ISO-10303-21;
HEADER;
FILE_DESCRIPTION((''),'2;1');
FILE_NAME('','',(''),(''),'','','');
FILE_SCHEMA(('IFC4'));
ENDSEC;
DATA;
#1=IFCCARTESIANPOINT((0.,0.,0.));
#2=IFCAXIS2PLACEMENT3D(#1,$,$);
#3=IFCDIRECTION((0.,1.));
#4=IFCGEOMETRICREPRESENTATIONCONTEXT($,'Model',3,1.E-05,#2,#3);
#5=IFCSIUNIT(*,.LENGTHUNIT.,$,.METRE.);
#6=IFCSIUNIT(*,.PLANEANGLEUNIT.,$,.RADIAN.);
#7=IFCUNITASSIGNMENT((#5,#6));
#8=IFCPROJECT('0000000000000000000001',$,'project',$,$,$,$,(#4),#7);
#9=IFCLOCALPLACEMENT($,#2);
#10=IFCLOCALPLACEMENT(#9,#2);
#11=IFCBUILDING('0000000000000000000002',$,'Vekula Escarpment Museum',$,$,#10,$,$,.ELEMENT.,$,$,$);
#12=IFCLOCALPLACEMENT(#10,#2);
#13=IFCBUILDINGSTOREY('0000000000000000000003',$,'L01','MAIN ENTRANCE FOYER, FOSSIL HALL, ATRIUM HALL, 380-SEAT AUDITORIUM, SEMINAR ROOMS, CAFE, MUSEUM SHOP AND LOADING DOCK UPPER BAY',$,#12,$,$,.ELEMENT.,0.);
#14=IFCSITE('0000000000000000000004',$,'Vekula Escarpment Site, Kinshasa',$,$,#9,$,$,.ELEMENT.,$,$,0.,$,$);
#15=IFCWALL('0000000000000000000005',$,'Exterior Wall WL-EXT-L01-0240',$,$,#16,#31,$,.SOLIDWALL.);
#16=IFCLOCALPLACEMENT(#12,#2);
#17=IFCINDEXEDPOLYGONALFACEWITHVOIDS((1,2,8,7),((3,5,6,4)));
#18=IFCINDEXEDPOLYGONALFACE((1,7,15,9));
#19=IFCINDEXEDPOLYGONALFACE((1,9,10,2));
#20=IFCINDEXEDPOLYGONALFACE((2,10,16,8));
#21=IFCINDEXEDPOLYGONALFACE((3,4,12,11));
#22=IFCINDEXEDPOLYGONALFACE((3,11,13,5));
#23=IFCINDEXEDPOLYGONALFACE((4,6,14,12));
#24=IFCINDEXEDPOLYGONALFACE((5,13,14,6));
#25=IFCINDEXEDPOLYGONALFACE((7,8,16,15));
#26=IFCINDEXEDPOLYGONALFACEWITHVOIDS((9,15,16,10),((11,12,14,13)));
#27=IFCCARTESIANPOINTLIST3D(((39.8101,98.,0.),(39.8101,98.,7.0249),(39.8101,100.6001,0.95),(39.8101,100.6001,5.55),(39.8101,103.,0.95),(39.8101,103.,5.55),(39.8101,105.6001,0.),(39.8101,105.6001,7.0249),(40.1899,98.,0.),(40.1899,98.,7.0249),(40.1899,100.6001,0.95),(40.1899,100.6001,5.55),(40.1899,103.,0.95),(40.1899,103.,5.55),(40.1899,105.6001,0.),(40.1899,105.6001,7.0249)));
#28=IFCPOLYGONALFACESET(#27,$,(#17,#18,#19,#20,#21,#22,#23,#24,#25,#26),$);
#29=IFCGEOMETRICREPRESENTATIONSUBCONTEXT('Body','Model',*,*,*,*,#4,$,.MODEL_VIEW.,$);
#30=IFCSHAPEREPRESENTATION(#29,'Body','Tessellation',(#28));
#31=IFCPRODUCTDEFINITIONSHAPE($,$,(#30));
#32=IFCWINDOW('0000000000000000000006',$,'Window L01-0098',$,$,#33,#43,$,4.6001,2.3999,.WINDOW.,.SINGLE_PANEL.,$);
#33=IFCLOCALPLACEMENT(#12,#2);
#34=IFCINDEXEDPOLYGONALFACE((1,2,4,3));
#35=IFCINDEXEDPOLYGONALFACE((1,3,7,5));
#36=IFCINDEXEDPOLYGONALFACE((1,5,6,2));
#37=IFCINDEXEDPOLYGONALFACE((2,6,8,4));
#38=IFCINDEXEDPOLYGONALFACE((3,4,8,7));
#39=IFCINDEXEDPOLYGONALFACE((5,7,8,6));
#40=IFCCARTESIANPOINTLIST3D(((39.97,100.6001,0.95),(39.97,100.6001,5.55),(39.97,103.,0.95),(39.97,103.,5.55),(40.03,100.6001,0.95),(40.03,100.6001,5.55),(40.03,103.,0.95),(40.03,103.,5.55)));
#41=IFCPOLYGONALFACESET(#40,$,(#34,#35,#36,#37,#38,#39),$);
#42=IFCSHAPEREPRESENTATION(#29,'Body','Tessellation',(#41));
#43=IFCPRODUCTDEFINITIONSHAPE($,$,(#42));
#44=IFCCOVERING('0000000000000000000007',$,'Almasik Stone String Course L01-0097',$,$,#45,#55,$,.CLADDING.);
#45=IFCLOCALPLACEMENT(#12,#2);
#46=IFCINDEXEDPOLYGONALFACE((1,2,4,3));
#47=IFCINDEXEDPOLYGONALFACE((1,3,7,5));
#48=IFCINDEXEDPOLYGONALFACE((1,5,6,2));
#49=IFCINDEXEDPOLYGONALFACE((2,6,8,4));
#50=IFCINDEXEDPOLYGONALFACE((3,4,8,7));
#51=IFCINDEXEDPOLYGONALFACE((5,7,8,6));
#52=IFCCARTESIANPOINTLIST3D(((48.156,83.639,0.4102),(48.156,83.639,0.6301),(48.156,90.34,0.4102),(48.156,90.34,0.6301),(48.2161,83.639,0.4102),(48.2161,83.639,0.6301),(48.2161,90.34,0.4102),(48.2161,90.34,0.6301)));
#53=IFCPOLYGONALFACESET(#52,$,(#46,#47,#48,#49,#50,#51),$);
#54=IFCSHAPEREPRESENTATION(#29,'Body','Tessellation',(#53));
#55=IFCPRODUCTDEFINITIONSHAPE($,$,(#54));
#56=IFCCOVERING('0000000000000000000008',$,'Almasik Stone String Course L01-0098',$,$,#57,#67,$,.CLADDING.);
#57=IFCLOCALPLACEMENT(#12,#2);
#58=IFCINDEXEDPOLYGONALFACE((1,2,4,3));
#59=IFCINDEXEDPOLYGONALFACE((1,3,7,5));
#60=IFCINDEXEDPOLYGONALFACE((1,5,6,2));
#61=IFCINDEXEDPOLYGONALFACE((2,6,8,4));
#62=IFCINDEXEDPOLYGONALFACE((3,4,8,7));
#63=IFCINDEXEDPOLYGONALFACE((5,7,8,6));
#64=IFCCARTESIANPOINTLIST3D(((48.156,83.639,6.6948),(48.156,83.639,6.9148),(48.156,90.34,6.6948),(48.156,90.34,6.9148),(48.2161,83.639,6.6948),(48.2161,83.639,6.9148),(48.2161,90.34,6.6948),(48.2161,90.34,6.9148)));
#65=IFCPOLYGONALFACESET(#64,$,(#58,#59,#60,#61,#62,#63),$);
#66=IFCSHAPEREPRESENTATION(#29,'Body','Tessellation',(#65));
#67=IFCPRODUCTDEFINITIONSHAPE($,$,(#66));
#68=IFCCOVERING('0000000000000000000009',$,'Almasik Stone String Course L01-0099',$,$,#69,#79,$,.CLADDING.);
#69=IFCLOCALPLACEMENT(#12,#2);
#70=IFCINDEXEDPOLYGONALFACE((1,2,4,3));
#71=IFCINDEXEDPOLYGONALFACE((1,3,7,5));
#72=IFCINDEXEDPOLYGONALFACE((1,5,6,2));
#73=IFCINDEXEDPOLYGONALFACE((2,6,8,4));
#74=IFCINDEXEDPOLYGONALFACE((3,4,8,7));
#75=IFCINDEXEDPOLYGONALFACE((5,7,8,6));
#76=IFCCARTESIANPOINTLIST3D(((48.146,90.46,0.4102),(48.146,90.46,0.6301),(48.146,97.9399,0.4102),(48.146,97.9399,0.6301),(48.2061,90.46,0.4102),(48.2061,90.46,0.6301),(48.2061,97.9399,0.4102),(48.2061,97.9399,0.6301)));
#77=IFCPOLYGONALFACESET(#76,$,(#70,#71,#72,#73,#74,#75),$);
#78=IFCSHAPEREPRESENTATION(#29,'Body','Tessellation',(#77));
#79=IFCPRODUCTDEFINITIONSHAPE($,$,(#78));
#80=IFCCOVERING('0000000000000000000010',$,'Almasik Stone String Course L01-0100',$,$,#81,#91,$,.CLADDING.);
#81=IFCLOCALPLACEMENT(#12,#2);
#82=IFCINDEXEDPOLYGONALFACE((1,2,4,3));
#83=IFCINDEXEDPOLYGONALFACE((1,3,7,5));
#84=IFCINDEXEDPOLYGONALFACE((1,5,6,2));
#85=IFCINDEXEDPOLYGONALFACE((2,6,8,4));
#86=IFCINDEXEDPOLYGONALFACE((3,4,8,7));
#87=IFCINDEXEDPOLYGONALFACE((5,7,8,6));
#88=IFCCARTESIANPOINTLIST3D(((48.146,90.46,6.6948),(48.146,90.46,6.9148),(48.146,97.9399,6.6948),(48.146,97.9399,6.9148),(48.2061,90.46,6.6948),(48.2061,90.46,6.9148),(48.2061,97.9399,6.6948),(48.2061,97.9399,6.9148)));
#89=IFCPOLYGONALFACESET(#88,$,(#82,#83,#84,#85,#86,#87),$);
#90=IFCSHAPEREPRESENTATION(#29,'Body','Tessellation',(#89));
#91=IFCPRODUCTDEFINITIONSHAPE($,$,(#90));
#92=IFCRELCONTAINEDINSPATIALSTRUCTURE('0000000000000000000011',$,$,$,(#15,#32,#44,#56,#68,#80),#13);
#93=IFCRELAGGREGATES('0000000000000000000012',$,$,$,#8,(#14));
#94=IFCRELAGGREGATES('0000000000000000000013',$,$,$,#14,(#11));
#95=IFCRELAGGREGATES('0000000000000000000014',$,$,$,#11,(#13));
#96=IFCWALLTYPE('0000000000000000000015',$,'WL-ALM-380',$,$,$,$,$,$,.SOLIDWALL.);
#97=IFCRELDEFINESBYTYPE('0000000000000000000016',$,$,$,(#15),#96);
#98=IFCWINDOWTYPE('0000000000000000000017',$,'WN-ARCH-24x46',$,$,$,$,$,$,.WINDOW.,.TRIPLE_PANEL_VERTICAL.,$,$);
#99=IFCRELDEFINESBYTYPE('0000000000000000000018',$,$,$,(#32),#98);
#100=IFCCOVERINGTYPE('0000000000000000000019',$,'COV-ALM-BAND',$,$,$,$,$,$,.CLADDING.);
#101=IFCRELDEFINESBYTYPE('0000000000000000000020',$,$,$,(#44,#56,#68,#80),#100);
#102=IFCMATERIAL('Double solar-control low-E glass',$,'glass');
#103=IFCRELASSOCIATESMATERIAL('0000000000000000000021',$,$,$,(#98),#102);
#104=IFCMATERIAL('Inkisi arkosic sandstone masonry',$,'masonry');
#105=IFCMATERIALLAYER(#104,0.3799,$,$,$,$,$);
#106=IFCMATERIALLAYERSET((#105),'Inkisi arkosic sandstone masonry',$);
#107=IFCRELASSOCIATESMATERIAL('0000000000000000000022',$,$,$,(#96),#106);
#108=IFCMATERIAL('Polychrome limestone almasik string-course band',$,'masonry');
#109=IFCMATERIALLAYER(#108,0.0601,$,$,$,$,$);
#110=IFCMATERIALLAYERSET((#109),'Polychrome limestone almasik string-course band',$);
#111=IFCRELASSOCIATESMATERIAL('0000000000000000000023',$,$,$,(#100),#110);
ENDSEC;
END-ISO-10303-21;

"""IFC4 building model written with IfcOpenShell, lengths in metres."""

from ifc_helpers import new_model, si_unit, direction, frame, frame_2d, origin, origin_2d, place, context, subcontext, project, spatial, rectangle, extrude, material, layer, layer_set, type_object, element, fill, save


model = new_model("IFC4")

# Units and contexts
model_context = context("Model", 3, precision=1e-05, world=origin(), true_north=direction((0.0, 1.0)))
body_context = subcontext(model_context, "Body", "Model", "MODEL_VIEW")
ifc_project = project(units=[si_unit("LENGTHUNIT", "METRE"), si_unit("PLANEANGLEUNIT", "RADIAN")], contexts=[model_context])

# Site, building, storey
site_placement = place(None, origin())
site = spatial("IfcSite", under=ifc_project, at=site_placement, Name="Vekula Escarpment Site, Kinshasa", CompositionType="ELEMENT", RefElevation=0.0)
building_placement = place(site_placement, origin())
building = spatial("IfcBuilding", under=site, at=building_placement, Name="Vekula Escarpment Museum", CompositionType="ELEMENT")
storey_placement = place(building_placement, origin())
storey = spatial("IfcBuildingStorey", under=building, at=storey_placement, Name="L01", Description="MAIN ENTRANCE FOYER, FOSSIL HALL, ATRIUM HALL, 380-SEAT AUDITORIUM, SEMINAR ROOMS, CAFE, MUSEUM SHOP AND LOADING DOCK UPPER BAY", CompositionType="ELEMENT", Elevation=0.0)

# Wall, opening, window
ifc_material_1 = material(Name="Double solar-control low-E glass", Category="glass")
window_type = type_object("IfcWindowType", Name="WN-ARCH-24x46", PartitioningType="TRIPLE_PANEL_VERTICAL", PredefinedType="WINDOW", material=ifc_material_1)
ifc_material_2 = material(Name="Inkisi arkosic sandstone masonry", Category="masonry")
ifc_layer_1 = layer(ifc_material_2, 0.3799)
ifc_layer_set_1 = layer_set([ifc_layer_1], Name="Inkisi arkosic sandstone masonry")
wall_type_1 = type_object("IfcWallType", Name="WL-ALM-380", PredefinedType="SOLIDWALL", material=ifc_layer_set_1)
wall_1_placement = place(storey_placement, frame((40.0, 98.0, 0.0), z_axis=(0.0, 0.0, 1.0), x_axis=(0.0, 1.0, 0.0)))
wall_1 = element("IfcWall", 1, at=wall_1_placement, inside=storey, type_object=wall_type_1, Name="Exterior Wall WL-EXT-L01-0240", PredefinedType="SOLIDWALL", context=body_context, shape_type="SweptSolid", body=[
    extrude(rectangle(XDim=7.6001, YDim=0.3799, at=frame_2d((3.8, 0.0))), origin(), (0.0, 0.0, 1.0), 7.0249),
])
opening_1_placement = place(wall_1_placement, frame((2.6001, 0.0, 0.95)))
opening_1 = element("IfcOpeningElement", 2, at=opening_1_placement, cuts=wall_1, PredefinedType="OPENING", context=body_context, shape_type="SweptSolid", body=[
    extrude(rectangle(XDim=2.3999, YDim=4.6001, at=frame_2d((1.2, 2.3))), frame((0.0, 0.2, 0.0), z_axis=(0.0, -1.0, 0.0), x_axis=(1.0, 0.0, 0.0)), (0.0, 0.0, 1.0), 0.3999),
])
window_1_placement = place(opening_1_placement, origin())
window_1 = element("IfcWindow", 3, at=window_1_placement, inside=storey, type_object=window_type, Name="Window L01-0098", OverallHeight=4.6001, OverallWidth=2.3999, PartitioningType="SINGLE_PANEL", PredefinedType="WINDOW", context=body_context, shape_type="SweptSolid", body=[
    extrude(rectangle(XDim=2.3999, YDim=4.6001, at=frame_2d((1.2, 2.3))), frame((0.0, 0.03, 0.0), z_axis=(0.0, -1.0, 0.0), x_axis=(1.0, 0.0, 0.0)), (0.0, 0.0, 1.0), 0.0601),
])
fill(opening_1, window_1)

# Coverings
ifc_material_3 = material(Name="Polychrome limestone almasik string-course band", Category="masonry")
ifc_layer_2 = layer(ifc_material_3, 0.0601)
ifc_layer_set_2 = layer_set([ifc_layer_2], Name="Polychrome limestone almasik string-course band")
covering_type = type_object("IfcCoveringType", Name="COV-ALM-BAND", PredefinedType="CLADDING", material=ifc_layer_set_2)
for number, where, z_axis, x_axis, name in (
    (4, (48.186, 86.9895, 0.4102), (0.0, 0.0, 1.0), (0.0, 1.0, 0.0), "Almasik Stone String Course L01-0097"),
    (5, (48.186, 86.9895, 6.6948), (0.0, 0.0, 1.0), (0.0, 1.0, 0.0), "Almasik Stone String Course L01-0098"),
):
    element("IfcCovering", number, at=place(storey_placement, frame(where, z_axis=z_axis, x_axis=x_axis)), inside=storey, type_object=covering_type, Name=name, PredefinedType="CLADDING", context=body_context, shape_type="SweptSolid", body=[
        extrude(rectangle(XDim=6.7009, YDim=0.0601, at=origin_2d()), origin(), (0.0, 0.0, 1.0), 0.22),
    ])
for number, where, z_axis, x_axis, name in (
    (6, (48.176, 94.2, 0.4102), (0.0, 0.0, 1.0), (0.0, 1.0, 0.0), "Almasik Stone String Course L01-0099"),
    (7, (48.176, 94.2, 6.6948), (0.0, 0.0, 1.0), (0.0, 1.0, 0.0), "Almasik Stone String Course L01-0100"),
):
    element("IfcCovering", number, at=place(storey_placement, frame(where, z_axis=z_axis, x_axis=x_axis)), inside=storey, type_object=covering_type, Name=name, PredefinedType="CLADDING", context=body_context, shape_type="SweptSolid", body=[
        extrude(rectangle(XDim=7.48, YDim=0.0601, at=origin_2d()), origin(), (0.0, 0.0, 1.0), 0.22),
    ])

save(model, "model.ifc")
